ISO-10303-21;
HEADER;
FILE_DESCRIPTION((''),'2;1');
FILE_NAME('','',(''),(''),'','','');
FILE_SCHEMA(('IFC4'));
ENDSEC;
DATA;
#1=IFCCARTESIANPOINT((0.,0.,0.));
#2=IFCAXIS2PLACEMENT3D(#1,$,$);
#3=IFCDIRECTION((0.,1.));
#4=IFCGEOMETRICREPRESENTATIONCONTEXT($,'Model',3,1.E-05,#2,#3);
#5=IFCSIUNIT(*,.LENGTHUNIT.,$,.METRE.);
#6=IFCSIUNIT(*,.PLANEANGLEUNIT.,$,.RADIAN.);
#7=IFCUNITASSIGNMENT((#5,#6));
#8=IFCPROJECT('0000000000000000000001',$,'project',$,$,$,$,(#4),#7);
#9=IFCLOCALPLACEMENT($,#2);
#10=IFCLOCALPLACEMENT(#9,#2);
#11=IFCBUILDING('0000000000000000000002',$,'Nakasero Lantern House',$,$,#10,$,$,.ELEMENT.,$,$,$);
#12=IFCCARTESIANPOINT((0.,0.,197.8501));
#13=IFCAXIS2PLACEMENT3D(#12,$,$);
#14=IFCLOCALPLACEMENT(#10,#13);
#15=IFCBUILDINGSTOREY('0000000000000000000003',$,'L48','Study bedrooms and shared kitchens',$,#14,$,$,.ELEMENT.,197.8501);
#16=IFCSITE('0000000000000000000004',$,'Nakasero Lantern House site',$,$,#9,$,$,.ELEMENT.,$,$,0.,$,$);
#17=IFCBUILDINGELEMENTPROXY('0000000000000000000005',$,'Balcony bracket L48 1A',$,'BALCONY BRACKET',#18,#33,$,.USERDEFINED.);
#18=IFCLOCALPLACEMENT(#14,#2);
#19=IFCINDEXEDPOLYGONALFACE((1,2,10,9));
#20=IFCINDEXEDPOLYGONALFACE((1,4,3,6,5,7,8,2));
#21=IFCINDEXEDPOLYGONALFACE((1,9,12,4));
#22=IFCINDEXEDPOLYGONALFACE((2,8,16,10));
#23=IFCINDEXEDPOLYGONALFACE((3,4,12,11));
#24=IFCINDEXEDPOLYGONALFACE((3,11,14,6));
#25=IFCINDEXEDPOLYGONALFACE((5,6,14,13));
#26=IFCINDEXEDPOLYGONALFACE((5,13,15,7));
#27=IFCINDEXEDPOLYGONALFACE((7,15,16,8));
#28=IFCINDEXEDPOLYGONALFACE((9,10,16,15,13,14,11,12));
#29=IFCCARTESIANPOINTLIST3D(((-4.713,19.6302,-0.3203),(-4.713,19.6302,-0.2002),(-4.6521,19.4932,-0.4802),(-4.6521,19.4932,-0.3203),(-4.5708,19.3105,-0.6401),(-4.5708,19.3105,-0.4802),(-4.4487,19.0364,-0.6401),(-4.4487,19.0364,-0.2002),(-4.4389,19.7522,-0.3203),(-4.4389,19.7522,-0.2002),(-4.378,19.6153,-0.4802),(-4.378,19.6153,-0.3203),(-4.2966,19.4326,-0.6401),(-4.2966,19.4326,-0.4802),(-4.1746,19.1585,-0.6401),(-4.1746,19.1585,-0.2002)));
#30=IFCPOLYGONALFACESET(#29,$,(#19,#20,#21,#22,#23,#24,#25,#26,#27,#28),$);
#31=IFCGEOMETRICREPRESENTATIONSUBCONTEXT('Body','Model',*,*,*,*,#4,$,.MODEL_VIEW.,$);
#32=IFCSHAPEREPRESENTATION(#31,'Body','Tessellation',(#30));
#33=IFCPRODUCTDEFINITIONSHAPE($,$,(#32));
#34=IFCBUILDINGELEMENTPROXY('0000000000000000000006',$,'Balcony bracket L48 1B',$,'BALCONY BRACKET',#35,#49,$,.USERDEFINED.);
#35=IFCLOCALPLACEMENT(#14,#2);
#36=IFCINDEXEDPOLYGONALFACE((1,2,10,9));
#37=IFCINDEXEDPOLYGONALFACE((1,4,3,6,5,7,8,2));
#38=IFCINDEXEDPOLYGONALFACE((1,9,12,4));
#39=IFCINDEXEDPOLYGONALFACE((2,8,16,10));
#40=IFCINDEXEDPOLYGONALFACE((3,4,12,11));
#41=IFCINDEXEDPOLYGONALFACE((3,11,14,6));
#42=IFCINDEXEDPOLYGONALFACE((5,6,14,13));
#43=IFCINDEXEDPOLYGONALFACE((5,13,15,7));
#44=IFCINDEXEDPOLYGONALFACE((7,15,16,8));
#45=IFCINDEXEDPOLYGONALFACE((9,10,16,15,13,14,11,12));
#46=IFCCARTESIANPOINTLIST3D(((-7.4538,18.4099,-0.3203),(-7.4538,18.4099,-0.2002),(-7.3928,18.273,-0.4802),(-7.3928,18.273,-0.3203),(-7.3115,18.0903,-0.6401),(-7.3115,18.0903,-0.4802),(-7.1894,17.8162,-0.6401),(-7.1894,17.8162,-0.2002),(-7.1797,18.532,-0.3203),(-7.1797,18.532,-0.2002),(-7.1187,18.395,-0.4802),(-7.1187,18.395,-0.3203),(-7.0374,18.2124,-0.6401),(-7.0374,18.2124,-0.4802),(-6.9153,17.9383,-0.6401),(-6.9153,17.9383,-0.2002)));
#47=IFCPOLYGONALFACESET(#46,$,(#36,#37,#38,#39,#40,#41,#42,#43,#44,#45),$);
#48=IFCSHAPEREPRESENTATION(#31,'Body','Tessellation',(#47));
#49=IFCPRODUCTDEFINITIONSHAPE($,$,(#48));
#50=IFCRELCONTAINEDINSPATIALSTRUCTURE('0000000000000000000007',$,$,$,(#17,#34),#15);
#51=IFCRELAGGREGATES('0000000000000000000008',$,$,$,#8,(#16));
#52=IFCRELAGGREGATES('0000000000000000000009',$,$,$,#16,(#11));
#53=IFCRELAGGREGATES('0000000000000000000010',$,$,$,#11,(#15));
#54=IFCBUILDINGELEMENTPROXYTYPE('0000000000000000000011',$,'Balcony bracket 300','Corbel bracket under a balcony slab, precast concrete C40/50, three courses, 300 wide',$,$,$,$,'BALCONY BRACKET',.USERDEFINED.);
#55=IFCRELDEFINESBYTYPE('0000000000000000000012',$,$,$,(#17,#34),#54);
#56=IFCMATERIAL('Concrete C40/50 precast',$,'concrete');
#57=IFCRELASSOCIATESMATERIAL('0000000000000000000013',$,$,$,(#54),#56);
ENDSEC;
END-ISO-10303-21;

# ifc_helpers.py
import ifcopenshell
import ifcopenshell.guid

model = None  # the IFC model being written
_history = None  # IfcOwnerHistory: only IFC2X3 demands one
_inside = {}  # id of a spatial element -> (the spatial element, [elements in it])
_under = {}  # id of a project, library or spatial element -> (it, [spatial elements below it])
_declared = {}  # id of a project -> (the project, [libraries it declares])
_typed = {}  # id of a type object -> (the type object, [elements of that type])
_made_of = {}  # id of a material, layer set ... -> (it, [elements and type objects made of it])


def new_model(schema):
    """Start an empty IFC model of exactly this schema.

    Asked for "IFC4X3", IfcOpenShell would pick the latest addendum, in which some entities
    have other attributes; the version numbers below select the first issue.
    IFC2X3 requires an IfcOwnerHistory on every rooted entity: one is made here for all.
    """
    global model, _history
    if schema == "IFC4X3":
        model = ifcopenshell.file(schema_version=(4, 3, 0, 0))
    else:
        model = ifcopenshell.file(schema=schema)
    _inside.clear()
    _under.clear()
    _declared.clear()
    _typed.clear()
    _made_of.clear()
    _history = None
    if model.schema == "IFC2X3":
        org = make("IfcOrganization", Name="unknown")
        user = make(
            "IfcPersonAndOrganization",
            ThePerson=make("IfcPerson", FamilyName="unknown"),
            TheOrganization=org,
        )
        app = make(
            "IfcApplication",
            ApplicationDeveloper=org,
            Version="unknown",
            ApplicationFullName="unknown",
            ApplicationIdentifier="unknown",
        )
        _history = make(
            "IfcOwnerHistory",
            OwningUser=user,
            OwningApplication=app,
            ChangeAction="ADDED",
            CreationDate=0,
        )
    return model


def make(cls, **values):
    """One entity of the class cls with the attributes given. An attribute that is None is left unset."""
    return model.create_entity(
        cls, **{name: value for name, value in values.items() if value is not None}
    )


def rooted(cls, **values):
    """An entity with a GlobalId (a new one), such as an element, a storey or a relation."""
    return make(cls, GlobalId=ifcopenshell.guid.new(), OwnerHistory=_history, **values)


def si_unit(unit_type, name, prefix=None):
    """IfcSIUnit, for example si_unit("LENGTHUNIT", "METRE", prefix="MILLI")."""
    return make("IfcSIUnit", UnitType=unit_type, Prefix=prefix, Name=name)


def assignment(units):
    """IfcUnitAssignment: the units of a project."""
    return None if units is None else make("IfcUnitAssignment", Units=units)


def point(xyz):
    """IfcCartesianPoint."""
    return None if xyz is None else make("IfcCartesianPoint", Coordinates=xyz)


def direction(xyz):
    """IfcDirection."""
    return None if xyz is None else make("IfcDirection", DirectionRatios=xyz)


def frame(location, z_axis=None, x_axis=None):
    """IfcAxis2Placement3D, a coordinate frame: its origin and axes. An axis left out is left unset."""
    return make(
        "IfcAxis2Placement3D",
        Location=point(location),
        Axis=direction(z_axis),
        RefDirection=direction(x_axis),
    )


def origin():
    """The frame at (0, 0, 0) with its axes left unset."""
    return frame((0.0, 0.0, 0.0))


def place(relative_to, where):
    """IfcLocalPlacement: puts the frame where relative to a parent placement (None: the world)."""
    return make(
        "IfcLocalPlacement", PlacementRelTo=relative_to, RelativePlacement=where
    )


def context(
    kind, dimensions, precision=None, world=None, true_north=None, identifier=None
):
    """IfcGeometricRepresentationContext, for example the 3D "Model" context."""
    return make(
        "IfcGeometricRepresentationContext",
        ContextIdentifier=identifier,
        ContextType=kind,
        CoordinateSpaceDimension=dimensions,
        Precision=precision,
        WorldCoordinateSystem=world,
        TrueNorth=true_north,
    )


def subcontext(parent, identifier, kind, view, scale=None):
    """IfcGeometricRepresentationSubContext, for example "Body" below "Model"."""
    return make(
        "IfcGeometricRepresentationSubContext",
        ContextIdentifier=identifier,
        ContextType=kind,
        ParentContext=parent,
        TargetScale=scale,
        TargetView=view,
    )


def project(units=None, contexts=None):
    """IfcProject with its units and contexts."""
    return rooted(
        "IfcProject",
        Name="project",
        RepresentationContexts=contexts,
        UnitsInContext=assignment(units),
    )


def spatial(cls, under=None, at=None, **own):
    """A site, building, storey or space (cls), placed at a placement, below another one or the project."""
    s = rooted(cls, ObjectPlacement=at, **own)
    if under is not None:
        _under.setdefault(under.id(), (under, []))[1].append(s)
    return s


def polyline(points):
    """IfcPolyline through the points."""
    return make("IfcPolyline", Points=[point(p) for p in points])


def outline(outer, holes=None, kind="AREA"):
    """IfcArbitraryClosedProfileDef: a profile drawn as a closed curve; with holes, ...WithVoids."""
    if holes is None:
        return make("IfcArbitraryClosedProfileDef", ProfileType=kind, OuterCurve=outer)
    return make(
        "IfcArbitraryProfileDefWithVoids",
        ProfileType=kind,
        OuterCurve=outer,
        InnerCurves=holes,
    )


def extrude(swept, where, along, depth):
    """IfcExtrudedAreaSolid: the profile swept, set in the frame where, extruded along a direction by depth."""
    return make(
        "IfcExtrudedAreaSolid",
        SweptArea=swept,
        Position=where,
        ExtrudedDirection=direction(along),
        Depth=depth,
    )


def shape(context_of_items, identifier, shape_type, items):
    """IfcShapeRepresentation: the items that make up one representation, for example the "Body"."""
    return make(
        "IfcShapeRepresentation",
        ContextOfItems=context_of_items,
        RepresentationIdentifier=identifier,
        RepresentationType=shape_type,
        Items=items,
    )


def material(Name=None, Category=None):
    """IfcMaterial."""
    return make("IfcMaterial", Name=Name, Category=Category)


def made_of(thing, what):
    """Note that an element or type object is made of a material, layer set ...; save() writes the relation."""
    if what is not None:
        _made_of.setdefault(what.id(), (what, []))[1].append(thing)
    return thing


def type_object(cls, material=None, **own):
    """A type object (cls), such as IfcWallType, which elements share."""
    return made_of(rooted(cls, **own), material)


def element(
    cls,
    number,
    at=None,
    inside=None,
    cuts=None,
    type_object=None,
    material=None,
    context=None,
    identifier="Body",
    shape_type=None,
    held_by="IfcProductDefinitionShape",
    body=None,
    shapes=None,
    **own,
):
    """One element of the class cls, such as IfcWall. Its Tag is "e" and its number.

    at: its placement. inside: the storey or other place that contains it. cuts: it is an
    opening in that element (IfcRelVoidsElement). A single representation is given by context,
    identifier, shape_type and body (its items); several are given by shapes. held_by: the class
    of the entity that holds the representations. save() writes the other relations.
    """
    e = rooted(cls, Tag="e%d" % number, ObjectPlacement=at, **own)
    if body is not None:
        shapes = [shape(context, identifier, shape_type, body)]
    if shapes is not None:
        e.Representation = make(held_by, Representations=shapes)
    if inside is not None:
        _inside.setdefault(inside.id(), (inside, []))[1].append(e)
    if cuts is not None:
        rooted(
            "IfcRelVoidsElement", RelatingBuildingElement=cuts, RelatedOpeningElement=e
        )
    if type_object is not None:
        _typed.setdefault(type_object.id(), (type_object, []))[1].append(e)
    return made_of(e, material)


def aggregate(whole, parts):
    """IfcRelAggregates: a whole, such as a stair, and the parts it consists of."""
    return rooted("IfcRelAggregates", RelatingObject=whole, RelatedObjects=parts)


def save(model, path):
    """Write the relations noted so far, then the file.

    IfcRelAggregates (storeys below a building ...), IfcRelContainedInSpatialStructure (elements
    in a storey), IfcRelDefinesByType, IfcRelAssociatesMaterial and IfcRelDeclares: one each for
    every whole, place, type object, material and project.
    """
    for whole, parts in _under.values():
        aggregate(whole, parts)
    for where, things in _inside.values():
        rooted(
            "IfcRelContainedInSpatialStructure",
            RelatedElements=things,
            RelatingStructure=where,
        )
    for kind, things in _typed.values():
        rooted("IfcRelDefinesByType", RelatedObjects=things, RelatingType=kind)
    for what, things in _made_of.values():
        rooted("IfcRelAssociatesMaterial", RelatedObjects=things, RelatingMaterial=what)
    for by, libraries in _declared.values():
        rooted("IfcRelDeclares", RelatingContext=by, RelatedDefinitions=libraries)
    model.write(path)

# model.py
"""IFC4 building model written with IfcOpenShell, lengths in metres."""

from ifc_helpers import new_model, si_unit, direction, frame, origin, place, context, subcontext, project, spatial, polyline, outline, extrude, material, type_object, element, save


model = new_model("IFC4")

# Units and contexts
model_context = context("Model", 3, precision=1e-05, world=origin(), true_north=direction((0.0, 1.0)))
body_context = subcontext(model_context, "Body", "Model", "MODEL_VIEW")
ifc_project = project(units=[si_unit("LENGTHUNIT", "METRE"), si_unit("PLANEANGLEUNIT", "RADIAN")], contexts=[model_context])

# Site, building, storey
site_placement = place(None, origin())
site = spatial("IfcSite", under=ifc_project, at=site_placement, Name="Nakasero Lantern House site", CompositionType="ELEMENT", RefElevation=0.0)
building_placement = place(site_placement, origin())
building = spatial("IfcBuilding", under=site, at=building_placement, Name="Nakasero Lantern House", CompositionType="ELEMENT")
storey_placement = place(building_placement, frame((0.0, 0.0, 197.8501)))
storey = spatial("IfcBuildingStorey", under=building, at=storey_placement, Name="L48", Description="Study bedrooms and shared kitchens", CompositionType="ELEMENT", Elevation=197.8501)

# Building element proxies
ifc_material_1 = material(Name="Concrete C40/50 precast", Category="concrete")
building_element_proxy_type = type_object("IfcBuildingElementProxyType", Name="Balcony bracket 300", Description="Corbel bracket under a balcony slab, precast concrete C40/50, three courses, 300 wide", ElementType="BALCONY BRACKET", PredefinedType="USERDEFINED", material=ifc_material_1)
for number, where, z_axis, x_axis, name in (
    (1, (-4.3118, 19.0974, -0.2002), (0.0, 0.0, 1.0), (-0.406737, 0.913545, 0.0), "Balcony bracket L48 1A"),
    (2, (-7.0525, 17.8772, -0.2002), (0.0, 0.0, 1.0), (-0.406737, 0.913545, 0.0), "Balcony bracket L48 1B"),
):
    element("IfcBuildingElementProxy", number, at=place(storey_placement, frame(where, z_axis=z_axis, x_axis=x_axis)), inside=storey, type_object=building_element_proxy_type, Name=name, ObjectType="BALCONY BRACKET", PredefinedType="USERDEFINED", context=body_context, shape_type="SweptSolid", body=[
        extrude(outline(polyline([(0.0, 0.0), (0.6499, 0.0), (0.6499, -0.1201), (0.5, -0.1201), (0.5, -0.28), (0.3, -0.28), (0.3, -0.4399), (0.0, -0.4399), (0.0, 0.0)])), frame((0.0, 0.1499, 0.0), z_axis=(0.0, -1.0, 0.0), x_axis=(1.0, 0.0, 0.0)), (0.0, 0.0, 1.0), 0.3),
    ])

save(model, "model.ifc")
